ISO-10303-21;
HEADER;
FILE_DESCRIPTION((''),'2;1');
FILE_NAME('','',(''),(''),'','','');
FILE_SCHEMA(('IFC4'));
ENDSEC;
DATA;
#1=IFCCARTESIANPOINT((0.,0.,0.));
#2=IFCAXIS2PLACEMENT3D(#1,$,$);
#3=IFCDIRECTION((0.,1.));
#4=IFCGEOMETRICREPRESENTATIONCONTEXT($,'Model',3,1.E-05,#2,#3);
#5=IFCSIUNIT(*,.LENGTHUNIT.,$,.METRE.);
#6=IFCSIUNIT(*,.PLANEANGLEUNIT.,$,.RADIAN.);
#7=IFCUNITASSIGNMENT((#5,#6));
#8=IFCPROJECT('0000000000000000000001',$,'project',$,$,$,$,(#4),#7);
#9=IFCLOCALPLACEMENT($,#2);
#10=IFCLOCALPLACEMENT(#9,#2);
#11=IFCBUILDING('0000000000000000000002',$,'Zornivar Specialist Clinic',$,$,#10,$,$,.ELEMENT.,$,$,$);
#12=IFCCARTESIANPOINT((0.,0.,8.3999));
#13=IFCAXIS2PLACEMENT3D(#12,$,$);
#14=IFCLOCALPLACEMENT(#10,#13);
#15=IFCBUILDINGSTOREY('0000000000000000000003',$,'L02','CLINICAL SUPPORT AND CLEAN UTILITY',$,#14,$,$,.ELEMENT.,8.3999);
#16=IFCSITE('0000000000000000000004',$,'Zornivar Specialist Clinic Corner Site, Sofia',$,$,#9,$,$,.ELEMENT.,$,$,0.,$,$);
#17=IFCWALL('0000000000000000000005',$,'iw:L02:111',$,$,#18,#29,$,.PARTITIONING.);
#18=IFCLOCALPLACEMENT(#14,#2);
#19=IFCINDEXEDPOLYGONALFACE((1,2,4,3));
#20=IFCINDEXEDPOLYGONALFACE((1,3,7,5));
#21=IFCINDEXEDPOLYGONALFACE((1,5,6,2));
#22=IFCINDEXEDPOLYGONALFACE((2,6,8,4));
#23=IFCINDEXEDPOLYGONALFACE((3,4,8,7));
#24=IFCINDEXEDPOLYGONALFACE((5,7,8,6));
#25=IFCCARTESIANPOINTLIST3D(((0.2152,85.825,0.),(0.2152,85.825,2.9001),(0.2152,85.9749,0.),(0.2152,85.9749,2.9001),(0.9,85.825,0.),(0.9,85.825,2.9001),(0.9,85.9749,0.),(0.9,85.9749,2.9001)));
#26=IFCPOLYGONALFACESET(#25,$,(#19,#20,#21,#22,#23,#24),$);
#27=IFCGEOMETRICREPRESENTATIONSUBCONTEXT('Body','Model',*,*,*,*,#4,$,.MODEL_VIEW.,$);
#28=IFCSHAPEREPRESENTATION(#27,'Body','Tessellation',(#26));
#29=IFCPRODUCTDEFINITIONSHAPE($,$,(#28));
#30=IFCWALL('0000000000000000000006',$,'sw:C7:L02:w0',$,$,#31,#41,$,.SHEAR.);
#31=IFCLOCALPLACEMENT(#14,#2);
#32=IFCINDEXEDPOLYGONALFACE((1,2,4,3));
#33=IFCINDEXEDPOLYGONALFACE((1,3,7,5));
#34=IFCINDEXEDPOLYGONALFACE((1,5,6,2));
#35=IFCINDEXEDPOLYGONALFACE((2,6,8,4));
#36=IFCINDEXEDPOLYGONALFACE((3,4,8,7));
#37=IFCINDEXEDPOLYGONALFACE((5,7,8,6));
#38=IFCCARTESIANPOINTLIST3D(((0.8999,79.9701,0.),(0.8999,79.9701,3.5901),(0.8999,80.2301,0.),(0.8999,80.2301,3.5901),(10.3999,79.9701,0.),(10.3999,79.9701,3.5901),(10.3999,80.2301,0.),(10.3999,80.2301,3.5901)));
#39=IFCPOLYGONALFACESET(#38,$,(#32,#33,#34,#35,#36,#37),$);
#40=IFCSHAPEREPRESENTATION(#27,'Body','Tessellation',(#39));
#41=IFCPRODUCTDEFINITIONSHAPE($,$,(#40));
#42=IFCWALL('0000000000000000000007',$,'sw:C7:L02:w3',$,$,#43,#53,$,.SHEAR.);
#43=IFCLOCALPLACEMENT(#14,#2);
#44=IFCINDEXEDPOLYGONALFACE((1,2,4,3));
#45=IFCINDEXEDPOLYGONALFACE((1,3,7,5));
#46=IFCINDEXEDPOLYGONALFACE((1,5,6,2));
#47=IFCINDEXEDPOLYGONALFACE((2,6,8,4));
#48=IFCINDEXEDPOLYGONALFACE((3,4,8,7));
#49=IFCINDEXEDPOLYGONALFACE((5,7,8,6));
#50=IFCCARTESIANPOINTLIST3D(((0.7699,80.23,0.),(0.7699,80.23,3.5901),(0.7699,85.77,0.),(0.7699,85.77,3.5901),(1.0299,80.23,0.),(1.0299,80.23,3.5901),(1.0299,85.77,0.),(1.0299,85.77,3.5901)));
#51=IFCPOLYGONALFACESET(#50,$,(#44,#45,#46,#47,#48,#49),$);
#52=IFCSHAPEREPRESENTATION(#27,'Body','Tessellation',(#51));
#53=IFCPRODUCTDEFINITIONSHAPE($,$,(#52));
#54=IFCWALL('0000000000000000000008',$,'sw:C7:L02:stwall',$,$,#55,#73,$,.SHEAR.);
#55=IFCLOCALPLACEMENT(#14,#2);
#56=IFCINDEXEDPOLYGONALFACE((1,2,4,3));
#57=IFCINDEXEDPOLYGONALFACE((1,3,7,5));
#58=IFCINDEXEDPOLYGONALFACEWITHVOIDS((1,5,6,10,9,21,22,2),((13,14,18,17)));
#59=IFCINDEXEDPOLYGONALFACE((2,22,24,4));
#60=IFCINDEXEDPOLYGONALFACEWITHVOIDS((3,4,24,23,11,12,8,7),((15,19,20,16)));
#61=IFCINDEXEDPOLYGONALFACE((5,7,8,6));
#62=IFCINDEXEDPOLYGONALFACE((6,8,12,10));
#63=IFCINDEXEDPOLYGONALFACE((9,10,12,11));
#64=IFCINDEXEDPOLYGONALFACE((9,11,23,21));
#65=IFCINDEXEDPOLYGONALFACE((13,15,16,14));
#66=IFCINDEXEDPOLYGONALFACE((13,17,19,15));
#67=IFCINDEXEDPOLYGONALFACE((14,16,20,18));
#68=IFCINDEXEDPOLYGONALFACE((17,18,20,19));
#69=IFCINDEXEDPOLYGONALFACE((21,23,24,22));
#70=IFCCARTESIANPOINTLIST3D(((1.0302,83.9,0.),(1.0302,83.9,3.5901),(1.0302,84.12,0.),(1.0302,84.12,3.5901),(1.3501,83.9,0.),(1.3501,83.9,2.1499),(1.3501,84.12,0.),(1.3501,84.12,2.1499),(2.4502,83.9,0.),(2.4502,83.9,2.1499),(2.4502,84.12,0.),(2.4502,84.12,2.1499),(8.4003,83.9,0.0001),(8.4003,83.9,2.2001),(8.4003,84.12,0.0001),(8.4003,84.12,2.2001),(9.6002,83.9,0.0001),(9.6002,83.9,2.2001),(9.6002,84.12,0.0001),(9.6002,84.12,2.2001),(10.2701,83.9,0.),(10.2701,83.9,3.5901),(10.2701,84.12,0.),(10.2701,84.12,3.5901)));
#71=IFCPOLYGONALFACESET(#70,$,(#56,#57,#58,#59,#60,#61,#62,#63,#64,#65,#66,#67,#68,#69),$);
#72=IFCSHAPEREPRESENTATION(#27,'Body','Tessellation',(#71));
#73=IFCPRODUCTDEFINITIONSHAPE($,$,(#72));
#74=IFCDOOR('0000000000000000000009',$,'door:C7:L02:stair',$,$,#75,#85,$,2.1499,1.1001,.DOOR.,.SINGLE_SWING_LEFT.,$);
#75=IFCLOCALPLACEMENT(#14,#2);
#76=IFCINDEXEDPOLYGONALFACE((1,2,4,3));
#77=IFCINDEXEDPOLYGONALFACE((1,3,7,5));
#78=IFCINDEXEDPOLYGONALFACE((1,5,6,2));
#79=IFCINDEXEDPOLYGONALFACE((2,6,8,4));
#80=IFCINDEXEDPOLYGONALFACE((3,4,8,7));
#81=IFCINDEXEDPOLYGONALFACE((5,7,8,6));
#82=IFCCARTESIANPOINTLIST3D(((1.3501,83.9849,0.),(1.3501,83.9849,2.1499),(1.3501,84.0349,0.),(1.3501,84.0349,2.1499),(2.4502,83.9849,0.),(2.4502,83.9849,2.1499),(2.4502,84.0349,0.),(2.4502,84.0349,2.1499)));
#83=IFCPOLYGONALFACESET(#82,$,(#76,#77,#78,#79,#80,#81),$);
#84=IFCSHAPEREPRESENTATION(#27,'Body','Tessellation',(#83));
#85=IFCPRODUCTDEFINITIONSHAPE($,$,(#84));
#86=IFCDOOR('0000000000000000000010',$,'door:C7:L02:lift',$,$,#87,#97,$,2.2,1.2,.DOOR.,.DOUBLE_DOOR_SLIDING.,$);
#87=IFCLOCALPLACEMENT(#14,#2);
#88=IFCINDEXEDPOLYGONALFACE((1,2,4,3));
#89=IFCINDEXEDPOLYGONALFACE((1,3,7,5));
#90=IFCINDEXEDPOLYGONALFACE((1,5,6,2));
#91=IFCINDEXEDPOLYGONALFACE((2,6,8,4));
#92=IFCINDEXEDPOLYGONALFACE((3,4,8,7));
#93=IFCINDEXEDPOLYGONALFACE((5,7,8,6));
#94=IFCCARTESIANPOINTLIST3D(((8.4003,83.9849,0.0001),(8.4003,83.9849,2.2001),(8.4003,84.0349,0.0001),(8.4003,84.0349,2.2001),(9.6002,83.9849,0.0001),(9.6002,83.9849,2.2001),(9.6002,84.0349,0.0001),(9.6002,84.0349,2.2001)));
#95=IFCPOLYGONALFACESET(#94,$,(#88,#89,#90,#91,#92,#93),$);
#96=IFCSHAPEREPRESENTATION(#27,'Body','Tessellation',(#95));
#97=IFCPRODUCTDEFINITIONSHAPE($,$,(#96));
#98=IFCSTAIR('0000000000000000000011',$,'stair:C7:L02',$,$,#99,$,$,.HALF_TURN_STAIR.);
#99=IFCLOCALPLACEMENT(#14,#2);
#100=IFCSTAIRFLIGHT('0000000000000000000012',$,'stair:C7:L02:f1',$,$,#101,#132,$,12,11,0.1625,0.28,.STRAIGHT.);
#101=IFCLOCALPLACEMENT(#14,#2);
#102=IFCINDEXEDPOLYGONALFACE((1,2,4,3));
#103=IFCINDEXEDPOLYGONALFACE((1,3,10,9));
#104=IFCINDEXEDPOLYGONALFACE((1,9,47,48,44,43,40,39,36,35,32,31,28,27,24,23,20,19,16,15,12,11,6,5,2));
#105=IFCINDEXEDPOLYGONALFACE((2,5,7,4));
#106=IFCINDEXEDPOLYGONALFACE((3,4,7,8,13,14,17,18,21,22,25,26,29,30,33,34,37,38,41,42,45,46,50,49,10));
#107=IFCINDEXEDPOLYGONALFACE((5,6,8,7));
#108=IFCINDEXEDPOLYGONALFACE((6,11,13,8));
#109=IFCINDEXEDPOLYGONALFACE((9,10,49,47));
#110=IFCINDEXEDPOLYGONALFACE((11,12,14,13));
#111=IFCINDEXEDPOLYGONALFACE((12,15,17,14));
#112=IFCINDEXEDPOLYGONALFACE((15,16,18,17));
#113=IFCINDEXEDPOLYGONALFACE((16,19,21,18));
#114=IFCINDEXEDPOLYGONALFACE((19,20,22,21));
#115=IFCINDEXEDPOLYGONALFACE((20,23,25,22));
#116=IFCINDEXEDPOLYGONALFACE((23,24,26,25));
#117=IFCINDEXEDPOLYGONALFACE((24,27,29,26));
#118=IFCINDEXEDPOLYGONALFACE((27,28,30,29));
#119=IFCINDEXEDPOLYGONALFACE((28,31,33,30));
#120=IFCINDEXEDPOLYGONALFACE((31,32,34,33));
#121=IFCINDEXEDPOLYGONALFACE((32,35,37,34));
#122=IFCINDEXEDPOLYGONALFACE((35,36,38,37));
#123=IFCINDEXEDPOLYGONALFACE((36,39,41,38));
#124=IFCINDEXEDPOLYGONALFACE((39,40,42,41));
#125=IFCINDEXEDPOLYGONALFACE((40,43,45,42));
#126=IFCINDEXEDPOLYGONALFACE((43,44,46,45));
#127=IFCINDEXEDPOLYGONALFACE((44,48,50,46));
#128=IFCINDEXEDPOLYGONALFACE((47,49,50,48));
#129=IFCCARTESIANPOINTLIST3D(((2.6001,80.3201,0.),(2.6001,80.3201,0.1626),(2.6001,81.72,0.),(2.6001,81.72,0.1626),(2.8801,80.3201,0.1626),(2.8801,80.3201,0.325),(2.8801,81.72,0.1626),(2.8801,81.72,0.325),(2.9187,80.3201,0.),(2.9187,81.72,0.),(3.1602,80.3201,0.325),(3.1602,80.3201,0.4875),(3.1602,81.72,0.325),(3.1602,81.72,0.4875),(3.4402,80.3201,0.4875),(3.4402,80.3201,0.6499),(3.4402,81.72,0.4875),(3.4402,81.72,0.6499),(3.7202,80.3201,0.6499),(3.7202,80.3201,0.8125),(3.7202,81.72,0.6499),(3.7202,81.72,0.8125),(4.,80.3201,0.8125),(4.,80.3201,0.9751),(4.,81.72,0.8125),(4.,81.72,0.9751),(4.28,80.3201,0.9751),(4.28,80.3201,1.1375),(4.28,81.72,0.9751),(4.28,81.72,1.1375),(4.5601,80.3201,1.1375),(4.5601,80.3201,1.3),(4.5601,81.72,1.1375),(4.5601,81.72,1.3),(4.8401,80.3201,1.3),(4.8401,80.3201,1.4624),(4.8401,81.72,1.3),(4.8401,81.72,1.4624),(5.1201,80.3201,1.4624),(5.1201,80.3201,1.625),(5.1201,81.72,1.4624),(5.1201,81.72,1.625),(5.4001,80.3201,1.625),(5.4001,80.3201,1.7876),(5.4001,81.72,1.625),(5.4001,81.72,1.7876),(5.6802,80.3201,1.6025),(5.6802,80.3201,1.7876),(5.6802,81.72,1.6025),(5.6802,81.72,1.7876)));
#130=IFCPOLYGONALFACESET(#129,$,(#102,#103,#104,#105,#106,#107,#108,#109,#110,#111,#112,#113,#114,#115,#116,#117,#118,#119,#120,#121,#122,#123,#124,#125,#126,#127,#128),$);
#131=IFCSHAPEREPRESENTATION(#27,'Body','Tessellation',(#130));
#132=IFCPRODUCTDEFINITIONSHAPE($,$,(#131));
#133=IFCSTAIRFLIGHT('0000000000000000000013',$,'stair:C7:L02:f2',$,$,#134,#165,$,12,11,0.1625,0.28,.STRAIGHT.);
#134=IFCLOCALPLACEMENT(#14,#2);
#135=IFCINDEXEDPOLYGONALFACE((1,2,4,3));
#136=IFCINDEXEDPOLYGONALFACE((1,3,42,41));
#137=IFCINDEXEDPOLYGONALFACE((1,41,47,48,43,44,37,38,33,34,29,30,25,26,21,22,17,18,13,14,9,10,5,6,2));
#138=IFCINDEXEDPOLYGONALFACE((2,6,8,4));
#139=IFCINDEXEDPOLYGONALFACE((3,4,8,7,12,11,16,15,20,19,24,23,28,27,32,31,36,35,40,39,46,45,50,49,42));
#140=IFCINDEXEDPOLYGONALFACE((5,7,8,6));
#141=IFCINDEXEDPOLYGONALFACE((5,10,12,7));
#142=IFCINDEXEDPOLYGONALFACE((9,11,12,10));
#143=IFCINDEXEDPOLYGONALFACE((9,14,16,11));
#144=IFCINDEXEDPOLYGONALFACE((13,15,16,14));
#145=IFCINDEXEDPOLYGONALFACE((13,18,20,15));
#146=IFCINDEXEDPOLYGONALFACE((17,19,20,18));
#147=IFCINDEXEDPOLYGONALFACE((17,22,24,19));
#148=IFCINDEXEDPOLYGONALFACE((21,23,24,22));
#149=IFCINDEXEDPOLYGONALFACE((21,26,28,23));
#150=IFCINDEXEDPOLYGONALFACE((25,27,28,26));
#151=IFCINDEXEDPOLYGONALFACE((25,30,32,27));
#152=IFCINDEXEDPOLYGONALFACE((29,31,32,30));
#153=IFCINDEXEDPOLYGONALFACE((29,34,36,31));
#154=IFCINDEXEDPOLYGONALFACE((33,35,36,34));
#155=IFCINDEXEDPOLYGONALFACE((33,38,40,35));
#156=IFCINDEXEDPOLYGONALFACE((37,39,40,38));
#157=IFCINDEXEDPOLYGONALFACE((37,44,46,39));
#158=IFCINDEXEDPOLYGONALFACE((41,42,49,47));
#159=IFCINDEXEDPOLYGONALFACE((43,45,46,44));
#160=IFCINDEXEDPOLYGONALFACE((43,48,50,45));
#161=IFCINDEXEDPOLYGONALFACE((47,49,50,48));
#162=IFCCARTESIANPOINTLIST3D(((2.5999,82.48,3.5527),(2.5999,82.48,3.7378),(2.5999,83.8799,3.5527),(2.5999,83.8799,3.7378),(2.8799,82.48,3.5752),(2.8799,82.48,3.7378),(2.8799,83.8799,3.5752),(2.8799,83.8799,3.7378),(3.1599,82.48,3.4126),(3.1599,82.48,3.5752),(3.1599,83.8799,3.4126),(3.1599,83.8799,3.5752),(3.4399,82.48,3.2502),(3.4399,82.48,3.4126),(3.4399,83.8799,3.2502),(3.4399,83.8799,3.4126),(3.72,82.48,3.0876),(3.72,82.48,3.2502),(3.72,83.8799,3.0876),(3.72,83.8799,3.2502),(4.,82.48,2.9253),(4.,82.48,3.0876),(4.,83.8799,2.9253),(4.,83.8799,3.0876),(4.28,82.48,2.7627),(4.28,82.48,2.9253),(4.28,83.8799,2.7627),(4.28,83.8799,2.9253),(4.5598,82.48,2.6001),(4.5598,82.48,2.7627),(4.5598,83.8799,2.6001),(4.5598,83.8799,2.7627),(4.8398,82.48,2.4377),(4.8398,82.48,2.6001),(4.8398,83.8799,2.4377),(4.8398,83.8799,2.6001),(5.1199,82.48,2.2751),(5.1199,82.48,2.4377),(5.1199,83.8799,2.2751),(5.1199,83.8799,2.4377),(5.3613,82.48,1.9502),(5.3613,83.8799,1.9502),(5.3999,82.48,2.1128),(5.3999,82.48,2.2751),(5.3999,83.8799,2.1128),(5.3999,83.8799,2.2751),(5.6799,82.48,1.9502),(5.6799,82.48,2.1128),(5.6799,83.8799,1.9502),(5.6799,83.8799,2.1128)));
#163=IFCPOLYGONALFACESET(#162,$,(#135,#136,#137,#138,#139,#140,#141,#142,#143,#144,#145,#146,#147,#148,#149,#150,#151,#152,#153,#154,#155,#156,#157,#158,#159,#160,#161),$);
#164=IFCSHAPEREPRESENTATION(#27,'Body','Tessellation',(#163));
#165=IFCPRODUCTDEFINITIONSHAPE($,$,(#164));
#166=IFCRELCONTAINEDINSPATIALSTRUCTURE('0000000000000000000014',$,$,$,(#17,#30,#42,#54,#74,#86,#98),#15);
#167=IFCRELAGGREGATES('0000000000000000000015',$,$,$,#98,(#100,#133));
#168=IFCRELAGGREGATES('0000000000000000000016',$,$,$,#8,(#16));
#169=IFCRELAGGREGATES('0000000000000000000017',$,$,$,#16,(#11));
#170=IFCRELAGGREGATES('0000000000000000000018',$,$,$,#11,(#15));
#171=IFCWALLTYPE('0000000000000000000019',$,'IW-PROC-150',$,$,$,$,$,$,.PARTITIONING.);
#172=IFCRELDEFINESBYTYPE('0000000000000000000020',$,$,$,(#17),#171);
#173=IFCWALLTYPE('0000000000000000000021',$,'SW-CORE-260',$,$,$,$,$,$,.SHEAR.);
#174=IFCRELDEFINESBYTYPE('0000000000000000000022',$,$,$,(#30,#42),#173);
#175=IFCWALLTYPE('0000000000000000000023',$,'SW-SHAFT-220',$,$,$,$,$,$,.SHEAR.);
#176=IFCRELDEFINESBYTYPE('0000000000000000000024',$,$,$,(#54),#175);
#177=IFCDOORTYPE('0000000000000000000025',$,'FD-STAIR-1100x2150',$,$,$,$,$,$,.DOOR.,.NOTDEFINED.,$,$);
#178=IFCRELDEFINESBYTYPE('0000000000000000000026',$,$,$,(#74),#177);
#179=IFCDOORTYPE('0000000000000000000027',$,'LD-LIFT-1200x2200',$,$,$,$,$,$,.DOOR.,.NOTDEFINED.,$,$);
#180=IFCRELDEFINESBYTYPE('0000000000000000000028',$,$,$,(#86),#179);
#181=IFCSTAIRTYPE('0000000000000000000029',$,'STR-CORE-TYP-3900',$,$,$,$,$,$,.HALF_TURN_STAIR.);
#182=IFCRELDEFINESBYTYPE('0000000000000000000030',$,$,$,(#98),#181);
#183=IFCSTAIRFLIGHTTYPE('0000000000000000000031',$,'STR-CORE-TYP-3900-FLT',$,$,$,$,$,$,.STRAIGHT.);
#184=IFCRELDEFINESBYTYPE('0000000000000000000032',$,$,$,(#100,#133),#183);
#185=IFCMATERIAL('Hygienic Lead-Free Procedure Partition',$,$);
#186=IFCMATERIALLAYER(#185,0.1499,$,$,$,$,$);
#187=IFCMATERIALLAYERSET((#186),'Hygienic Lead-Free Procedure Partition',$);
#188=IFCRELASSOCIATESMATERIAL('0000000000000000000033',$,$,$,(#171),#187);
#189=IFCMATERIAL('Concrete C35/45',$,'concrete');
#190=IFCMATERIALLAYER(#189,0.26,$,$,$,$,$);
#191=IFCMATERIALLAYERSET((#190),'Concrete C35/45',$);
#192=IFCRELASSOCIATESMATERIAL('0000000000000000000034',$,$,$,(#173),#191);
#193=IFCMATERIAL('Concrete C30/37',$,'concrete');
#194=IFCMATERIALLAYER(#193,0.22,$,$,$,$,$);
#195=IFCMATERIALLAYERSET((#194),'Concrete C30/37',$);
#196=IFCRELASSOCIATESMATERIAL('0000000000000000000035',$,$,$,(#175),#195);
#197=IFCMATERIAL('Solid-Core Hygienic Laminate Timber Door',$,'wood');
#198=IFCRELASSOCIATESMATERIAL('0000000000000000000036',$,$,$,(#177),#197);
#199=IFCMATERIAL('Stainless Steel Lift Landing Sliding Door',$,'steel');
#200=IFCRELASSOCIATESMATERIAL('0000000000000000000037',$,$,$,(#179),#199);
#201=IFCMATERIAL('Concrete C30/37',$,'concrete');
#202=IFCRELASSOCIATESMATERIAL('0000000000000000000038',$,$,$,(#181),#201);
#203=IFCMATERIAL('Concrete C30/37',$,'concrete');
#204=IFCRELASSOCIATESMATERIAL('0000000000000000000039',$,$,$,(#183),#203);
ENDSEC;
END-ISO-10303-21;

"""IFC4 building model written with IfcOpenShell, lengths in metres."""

from ifc_helpers import new_model, si_unit, direction, frame, frame_2d, origin, place, context, subcontext, project, spatial, polyline, rectangle, outline, extrude, material, layer, layer_set, type_object, element, fill, aggregate, save


model = new_model("IFC4")

# Units and contexts
model_context = context("Model", 3, precision=1e-05, world=origin(), true_north=direction((0.0, 1.0)))
body_context = subcontext(model_context, "Body", "Model", "MODEL_VIEW")
ifc_project = project(units=[si_unit("LENGTHUNIT", "METRE"), si_unit("PLANEANGLEUNIT", "RADIAN")], contexts=[model_context])

# Site, building, storey
site_placement = place(None, origin())
site = spatial("IfcSite", under=ifc_project, at=site_placement, Name="Zornivar Specialist Clinic Corner Site, Sofia", CompositionType="ELEMENT", RefElevation=0.0)
building_placement = place(site_placement, origin())
building = spatial("IfcBuilding", under=site, at=building_placement, Name="Zornivar Specialist Clinic", CompositionType="ELEMENT")
storey_placement = place(building_placement, frame((0.0, 0.0, 8.3999)))
storey = spatial("IfcBuildingStorey", under=building, at=storey_placement, Name="L02", Description="CLINICAL SUPPORT AND CLEAN UTILITY", CompositionType="ELEMENT", Elevation=8.3999)

# Walls
ifc_material_1 = material(Name="Hygienic Lead-Free Procedure Partition")
ifc_layer_1 = layer(ifc_material_1, 0.1499)
ifc_layer_set_1 = layer_set([ifc_layer_1], Name="Hygienic Lead-Free Procedure Partition")
wall_type_1 = type_object("IfcWallType", Name="IW-PROC-150", PredefinedType="PARTITIONING", material=ifc_layer_set_1)
wall_1_placement = place(storey_placement, frame((0.8999, 85.8999, 0.0), z_axis=(0.0, 0.0, 1.0), x_axis=(-1.0, 0.0, 0.0)))
element("IfcWall", 1, at=wall_1_placement, inside=storey, type_object=wall_type_1, Name="iw:L02:111", PredefinedType="PARTITIONING", context=body_context, shape_type="SweptSolid", body=[
    extrude(rectangle(XDim=0.6848, YDim=0.1499, at=frame_2d((0.3423, 0.0))), origin(), (0.0, 0.0, 1.0), 2.9001),
])
ifc_material_2 = material(Name="Concrete C35/45", Category="concrete")
ifc_layer_2 = layer(ifc_material_2, 0.26)
ifc_layer_set_2 = layer_set([ifc_layer_2], Name="Concrete C35/45")
wall_type_2 = type_object("IfcWallType", Name="SW-CORE-260", PredefinedType="SHEAR", material=ifc_layer_set_2)
wall_2_placement = place(storey_placement, frame((0.8999, 80.1001, 0.0), z_axis=(0.0, 0.0, 1.0), x_axis=(1.0, 0.0, 0.0)))
element("IfcWall", 2, at=wall_2_placement, inside=storey, type_object=wall_type_2, Name="sw:C7:L02:w0", PredefinedType="SHEAR", context=body_context, shape_type="SweptSolid", body=[
    extrude(rectangle(XDim=9.5, YDim=0.26, at=frame_2d((4.75, 0.0))), origin(), (0.0, 0.0, 1.0), 3.5901),
])
wall_3_placement = place(storey_placement, frame((0.8999, 85.77, 0.0), z_axis=(0.0, 0.0, 1.0), x_axis=(0.0, -1.0, 0.0)))
element("IfcWall", 3, at=wall_3_placement, inside=storey, type_object=wall_type_2, Name="sw:C7:L02:w3", PredefinedType="SHEAR", context=body_context, shape_type="SweptSolid", body=[
    extrude(rectangle(XDim=5.54, YDim=0.26, at=frame_2d((2.77, 0.0))), origin(), (0.0, 0.0, 1.0), 3.5901),
])

# Wall, openings, doors
ifc_material_3 = material(Name="Concrete C30/37", Category="concrete")
ifc_layer_3 = layer(ifc_material_3, 0.22)
ifc_layer_set_3 = layer_set([ifc_layer_3], Name="Concrete C30/37")
wall_type_3 = type_object("IfcWallType", Name="SW-SHAFT-220", PredefinedType="SHEAR", material=ifc_layer_set_3)
wall_4_placement = place(storey_placement, frame((1.03, 84.01, 0.0), z_axis=(0.0, 0.0, 1.0), x_axis=(1.0, 0.0, 0.0)))
wall_4 = element("IfcWall", 4, at=wall_4_placement, inside=storey, type_object=wall_type_3, Name="sw:C7:L02:stwall", PredefinedType="SHEAR", context=body_context, shape_type="SweptSolid", body=[
    extrude(rectangle(XDim=9.24, YDim=0.22, at=frame_2d((4.6201, 0.0))), origin(), (0.0, 0.0, 1.0), 3.5901),
])
opening_1_placement = place(wall_4_placement, frame((0.3201, 0.0, 0.0)))
opening_1 = element("IfcOpeningElement", 5, at=opening_1_placement, cuts=wall_4, PredefinedType="OPENING", context=body_context, shape_type="SweptSolid", body=[
    extrude(rectangle(XDim=1.1001, YDim=2.1499, at=frame_2d((0.55, 1.075))), frame((0.0, 0.1199, 0.0), z_axis=(0.0, -1.0, 0.0), x_axis=(1.0, 0.0, 0.0)), (0.0, 0.0, 1.0), 0.24),
])
opening_2_placement = place(wall_4_placement, frame((7.3701, 0.0, 0.0)))
opening_2 = element("IfcOpeningElement", 6, at=opening_2_placement, cuts=wall_4, PredefinedType="OPENING", context=body_context, shape_type="SweptSolid", body=[
    extrude(rectangle(XDim=1.2, YDim=2.2, at=frame_2d((0.6001, 1.1001))), frame((0.0, 0.1199, 0.0), z_axis=(0.0, -1.0, 0.0), x_axis=(1.0, 0.0, 0.0)), (0.0, 0.0, 1.0), 0.24),
])
ifc_material_4 = material(Name="Solid-Core Hygienic Laminate Timber Door", Category="wood")
door_type_1 = type_object("IfcDoorType", Name="FD-STAIR-1100x2150", OperationType="NOTDEFINED", PredefinedType="DOOR", material=ifc_material_4)
door_1_placement = place(opening_1_placement, origin())
door_1 = element("IfcDoor", 7, at=door_1_placement, inside=storey, type_object=door_type_1, Name="door:C7:L02:stair", OperationType="SINGLE_SWING_LEFT", OverallHeight=2.1499, OverallWidth=1.1001, PredefinedType="DOOR", context=body_context, shape_type="SweptSolid", body=[
    extrude(rectangle(XDim=1.1001, YDim=2.1499, at=frame_2d((0.55, 1.075))), frame((0.0, 0.0249, 0.0), z_axis=(0.0, -1.0, 0.0), x_axis=(1.0, 0.0, 0.0)), (0.0, 0.0, 1.0), 0.05),
])
fill(opening_1, door_1)
ifc_material_5 = material(Name="Stainless Steel Lift Landing Sliding Door", Category="steel")
door_type_2 = type_object("IfcDoorType", Name="LD-LIFT-1200x2200", OperationType="NOTDEFINED", PredefinedType="DOOR", material=ifc_material_5)
door_2_placement = place(opening_2_placement, origin())
door_2 = element("IfcDoor", 8, at=door_2_placement, inside=storey, type_object=door_type_2, Name="door:C7:L02:lift", OperationType="DOUBLE_DOOR_SLIDING", OverallHeight=2.2, OverallWidth=1.2, PredefinedType="DOOR", context=body_context, shape_type="SweptSolid", body=[
    extrude(rectangle(XDim=1.2, YDim=2.2, at=frame_2d((0.6001, 1.1001))), frame((0.0, 0.0249, 0.0), z_axis=(0.0, -1.0, 0.0), x_axis=(1.0, 0.0, 0.0)), (0.0, 0.0, 1.0), 0.05),
])
fill(opening_2, door_2)

# Stair, stair flights
ifc_material_6 = material(Name="Concrete C30/37", Category="concrete")
stair_type = type_object("IfcStairType", Name="STR-CORE-TYP-3900", PredefinedType="HALF_TURN_STAIR", material=ifc_material_6)
stair_placement = place(storey_placement, origin())
stair = element("IfcStair", 9, at=stair_placement, inside=storey, type_object=stair_type, Name="stair:C7:L02", PredefinedType="HALF_TURN_STAIR")
ifc_material_7 = material(Name="Concrete C30/37", Category="concrete")
stair_flight_type = type_object("IfcStairFlightType", Name="STR-CORE-TYP-3900-FLT", PredefinedType="STRAIGHT", material=ifc_material_7)
stair_flight_1_placement = place(storey_placement, frame((2.6001, 81.02, 0.0), z_axis=(0.0, 0.0, 1.0), x_axis=(1.0, 0.0, 0.0)))
stair_flight_1 = element("IfcStairFlight", 10, at=stair_flight_1_placement, type_object=stair_flight_type, Name="stair:C7:L02:f1", NumberOfRisers=12, NumberOfTreads=11, PredefinedType="STRAIGHT", RiserHeight=0.1625, TreadLength=0.28, context=body_context, shape_type="SweptSolid", body=[
    extrude(outline(polyline([(0.0, 0.0), (0.0, 0.1626), (0.28, 0.1626), (0.28, 0.325), (0.5601, 0.325), (0.5601, 0.4875), (0.8401, 0.4875), (0.8401, 0.6499), (1.1201, 0.6499), (1.1201, 0.8125), (1.3999, 0.8125), (1.3999, 0.9751), (1.6799, 0.9751), (1.6799, 1.1375), (1.96, 1.1375), (1.96, 1.3), (2.24, 1.3), (2.24, 1.4624), (2.52, 1.4624), (2.52, 1.625), (2.8, 1.625), (2.8, 1.7876), (3.0801, 1.7876), (3.0801, 1.95), (3.0801, 1.6025), (0.3186, 0.0), (0.0, 0.0)])), frame((0.0, 0.7, 0.0), z_axis=(0.0, -1.0, 0.0), x_axis=(1.0, 0.0, 0.0)), (0.0, 0.0, 1.0), 1.3999),
])
stair_flight_2_placement = place(storey_placement, frame((5.6799, 83.1799, 1.9502), z_axis=(0.0, 0.0, 1.0), x_axis=(-1.0, 0.0, 0.0)))
stair_flight_2 = element("IfcStairFlight", 11, at=stair_flight_2_placement, type_object=stair_flight_type, Name="stair:C7:L02:f2", NumberOfRisers=12, NumberOfTreads=11, PredefinedType="STRAIGHT", RiserHeight=0.1625, TreadLength=0.28, context=body_context, shape_type="SweptSolid", body=[
    extrude(outline(polyline([(0.0, 0.0), (0.0, 0.1626), (0.28, 0.1626), (0.28, 0.325), (0.5601, 0.325), (0.5601, 0.4875), (0.8401, 0.4875), (0.8401, 0.6499), (1.1201, 0.6499), (1.1201, 0.8125), (1.3999, 0.8125), (1.3999, 0.9751), (1.6799, 0.9751), (1.6799, 1.1375), (1.96, 1.1375), (1.96, 1.3), (2.24, 1.3), (2.24, 1.4624), (2.52, 1.4624), (2.52, 1.625), (2.8, 1.625), (2.8, 1.7876), (3.0801, 1.7876), (3.0801, 1.95), (3.0801, 1.6025), (0.3186, 0.0), (0.0, 0.0)])), frame((0.0, 0.7, 0.0), z_axis=(0.0, -1.0, 0.0), x_axis=(1.0, 0.0, 0.0)), (0.0, 0.0, 1.0), 1.3999),
])
aggregate(stair, [stair_flight_1, stair_flight_2])

save(model, "model.ifc")
